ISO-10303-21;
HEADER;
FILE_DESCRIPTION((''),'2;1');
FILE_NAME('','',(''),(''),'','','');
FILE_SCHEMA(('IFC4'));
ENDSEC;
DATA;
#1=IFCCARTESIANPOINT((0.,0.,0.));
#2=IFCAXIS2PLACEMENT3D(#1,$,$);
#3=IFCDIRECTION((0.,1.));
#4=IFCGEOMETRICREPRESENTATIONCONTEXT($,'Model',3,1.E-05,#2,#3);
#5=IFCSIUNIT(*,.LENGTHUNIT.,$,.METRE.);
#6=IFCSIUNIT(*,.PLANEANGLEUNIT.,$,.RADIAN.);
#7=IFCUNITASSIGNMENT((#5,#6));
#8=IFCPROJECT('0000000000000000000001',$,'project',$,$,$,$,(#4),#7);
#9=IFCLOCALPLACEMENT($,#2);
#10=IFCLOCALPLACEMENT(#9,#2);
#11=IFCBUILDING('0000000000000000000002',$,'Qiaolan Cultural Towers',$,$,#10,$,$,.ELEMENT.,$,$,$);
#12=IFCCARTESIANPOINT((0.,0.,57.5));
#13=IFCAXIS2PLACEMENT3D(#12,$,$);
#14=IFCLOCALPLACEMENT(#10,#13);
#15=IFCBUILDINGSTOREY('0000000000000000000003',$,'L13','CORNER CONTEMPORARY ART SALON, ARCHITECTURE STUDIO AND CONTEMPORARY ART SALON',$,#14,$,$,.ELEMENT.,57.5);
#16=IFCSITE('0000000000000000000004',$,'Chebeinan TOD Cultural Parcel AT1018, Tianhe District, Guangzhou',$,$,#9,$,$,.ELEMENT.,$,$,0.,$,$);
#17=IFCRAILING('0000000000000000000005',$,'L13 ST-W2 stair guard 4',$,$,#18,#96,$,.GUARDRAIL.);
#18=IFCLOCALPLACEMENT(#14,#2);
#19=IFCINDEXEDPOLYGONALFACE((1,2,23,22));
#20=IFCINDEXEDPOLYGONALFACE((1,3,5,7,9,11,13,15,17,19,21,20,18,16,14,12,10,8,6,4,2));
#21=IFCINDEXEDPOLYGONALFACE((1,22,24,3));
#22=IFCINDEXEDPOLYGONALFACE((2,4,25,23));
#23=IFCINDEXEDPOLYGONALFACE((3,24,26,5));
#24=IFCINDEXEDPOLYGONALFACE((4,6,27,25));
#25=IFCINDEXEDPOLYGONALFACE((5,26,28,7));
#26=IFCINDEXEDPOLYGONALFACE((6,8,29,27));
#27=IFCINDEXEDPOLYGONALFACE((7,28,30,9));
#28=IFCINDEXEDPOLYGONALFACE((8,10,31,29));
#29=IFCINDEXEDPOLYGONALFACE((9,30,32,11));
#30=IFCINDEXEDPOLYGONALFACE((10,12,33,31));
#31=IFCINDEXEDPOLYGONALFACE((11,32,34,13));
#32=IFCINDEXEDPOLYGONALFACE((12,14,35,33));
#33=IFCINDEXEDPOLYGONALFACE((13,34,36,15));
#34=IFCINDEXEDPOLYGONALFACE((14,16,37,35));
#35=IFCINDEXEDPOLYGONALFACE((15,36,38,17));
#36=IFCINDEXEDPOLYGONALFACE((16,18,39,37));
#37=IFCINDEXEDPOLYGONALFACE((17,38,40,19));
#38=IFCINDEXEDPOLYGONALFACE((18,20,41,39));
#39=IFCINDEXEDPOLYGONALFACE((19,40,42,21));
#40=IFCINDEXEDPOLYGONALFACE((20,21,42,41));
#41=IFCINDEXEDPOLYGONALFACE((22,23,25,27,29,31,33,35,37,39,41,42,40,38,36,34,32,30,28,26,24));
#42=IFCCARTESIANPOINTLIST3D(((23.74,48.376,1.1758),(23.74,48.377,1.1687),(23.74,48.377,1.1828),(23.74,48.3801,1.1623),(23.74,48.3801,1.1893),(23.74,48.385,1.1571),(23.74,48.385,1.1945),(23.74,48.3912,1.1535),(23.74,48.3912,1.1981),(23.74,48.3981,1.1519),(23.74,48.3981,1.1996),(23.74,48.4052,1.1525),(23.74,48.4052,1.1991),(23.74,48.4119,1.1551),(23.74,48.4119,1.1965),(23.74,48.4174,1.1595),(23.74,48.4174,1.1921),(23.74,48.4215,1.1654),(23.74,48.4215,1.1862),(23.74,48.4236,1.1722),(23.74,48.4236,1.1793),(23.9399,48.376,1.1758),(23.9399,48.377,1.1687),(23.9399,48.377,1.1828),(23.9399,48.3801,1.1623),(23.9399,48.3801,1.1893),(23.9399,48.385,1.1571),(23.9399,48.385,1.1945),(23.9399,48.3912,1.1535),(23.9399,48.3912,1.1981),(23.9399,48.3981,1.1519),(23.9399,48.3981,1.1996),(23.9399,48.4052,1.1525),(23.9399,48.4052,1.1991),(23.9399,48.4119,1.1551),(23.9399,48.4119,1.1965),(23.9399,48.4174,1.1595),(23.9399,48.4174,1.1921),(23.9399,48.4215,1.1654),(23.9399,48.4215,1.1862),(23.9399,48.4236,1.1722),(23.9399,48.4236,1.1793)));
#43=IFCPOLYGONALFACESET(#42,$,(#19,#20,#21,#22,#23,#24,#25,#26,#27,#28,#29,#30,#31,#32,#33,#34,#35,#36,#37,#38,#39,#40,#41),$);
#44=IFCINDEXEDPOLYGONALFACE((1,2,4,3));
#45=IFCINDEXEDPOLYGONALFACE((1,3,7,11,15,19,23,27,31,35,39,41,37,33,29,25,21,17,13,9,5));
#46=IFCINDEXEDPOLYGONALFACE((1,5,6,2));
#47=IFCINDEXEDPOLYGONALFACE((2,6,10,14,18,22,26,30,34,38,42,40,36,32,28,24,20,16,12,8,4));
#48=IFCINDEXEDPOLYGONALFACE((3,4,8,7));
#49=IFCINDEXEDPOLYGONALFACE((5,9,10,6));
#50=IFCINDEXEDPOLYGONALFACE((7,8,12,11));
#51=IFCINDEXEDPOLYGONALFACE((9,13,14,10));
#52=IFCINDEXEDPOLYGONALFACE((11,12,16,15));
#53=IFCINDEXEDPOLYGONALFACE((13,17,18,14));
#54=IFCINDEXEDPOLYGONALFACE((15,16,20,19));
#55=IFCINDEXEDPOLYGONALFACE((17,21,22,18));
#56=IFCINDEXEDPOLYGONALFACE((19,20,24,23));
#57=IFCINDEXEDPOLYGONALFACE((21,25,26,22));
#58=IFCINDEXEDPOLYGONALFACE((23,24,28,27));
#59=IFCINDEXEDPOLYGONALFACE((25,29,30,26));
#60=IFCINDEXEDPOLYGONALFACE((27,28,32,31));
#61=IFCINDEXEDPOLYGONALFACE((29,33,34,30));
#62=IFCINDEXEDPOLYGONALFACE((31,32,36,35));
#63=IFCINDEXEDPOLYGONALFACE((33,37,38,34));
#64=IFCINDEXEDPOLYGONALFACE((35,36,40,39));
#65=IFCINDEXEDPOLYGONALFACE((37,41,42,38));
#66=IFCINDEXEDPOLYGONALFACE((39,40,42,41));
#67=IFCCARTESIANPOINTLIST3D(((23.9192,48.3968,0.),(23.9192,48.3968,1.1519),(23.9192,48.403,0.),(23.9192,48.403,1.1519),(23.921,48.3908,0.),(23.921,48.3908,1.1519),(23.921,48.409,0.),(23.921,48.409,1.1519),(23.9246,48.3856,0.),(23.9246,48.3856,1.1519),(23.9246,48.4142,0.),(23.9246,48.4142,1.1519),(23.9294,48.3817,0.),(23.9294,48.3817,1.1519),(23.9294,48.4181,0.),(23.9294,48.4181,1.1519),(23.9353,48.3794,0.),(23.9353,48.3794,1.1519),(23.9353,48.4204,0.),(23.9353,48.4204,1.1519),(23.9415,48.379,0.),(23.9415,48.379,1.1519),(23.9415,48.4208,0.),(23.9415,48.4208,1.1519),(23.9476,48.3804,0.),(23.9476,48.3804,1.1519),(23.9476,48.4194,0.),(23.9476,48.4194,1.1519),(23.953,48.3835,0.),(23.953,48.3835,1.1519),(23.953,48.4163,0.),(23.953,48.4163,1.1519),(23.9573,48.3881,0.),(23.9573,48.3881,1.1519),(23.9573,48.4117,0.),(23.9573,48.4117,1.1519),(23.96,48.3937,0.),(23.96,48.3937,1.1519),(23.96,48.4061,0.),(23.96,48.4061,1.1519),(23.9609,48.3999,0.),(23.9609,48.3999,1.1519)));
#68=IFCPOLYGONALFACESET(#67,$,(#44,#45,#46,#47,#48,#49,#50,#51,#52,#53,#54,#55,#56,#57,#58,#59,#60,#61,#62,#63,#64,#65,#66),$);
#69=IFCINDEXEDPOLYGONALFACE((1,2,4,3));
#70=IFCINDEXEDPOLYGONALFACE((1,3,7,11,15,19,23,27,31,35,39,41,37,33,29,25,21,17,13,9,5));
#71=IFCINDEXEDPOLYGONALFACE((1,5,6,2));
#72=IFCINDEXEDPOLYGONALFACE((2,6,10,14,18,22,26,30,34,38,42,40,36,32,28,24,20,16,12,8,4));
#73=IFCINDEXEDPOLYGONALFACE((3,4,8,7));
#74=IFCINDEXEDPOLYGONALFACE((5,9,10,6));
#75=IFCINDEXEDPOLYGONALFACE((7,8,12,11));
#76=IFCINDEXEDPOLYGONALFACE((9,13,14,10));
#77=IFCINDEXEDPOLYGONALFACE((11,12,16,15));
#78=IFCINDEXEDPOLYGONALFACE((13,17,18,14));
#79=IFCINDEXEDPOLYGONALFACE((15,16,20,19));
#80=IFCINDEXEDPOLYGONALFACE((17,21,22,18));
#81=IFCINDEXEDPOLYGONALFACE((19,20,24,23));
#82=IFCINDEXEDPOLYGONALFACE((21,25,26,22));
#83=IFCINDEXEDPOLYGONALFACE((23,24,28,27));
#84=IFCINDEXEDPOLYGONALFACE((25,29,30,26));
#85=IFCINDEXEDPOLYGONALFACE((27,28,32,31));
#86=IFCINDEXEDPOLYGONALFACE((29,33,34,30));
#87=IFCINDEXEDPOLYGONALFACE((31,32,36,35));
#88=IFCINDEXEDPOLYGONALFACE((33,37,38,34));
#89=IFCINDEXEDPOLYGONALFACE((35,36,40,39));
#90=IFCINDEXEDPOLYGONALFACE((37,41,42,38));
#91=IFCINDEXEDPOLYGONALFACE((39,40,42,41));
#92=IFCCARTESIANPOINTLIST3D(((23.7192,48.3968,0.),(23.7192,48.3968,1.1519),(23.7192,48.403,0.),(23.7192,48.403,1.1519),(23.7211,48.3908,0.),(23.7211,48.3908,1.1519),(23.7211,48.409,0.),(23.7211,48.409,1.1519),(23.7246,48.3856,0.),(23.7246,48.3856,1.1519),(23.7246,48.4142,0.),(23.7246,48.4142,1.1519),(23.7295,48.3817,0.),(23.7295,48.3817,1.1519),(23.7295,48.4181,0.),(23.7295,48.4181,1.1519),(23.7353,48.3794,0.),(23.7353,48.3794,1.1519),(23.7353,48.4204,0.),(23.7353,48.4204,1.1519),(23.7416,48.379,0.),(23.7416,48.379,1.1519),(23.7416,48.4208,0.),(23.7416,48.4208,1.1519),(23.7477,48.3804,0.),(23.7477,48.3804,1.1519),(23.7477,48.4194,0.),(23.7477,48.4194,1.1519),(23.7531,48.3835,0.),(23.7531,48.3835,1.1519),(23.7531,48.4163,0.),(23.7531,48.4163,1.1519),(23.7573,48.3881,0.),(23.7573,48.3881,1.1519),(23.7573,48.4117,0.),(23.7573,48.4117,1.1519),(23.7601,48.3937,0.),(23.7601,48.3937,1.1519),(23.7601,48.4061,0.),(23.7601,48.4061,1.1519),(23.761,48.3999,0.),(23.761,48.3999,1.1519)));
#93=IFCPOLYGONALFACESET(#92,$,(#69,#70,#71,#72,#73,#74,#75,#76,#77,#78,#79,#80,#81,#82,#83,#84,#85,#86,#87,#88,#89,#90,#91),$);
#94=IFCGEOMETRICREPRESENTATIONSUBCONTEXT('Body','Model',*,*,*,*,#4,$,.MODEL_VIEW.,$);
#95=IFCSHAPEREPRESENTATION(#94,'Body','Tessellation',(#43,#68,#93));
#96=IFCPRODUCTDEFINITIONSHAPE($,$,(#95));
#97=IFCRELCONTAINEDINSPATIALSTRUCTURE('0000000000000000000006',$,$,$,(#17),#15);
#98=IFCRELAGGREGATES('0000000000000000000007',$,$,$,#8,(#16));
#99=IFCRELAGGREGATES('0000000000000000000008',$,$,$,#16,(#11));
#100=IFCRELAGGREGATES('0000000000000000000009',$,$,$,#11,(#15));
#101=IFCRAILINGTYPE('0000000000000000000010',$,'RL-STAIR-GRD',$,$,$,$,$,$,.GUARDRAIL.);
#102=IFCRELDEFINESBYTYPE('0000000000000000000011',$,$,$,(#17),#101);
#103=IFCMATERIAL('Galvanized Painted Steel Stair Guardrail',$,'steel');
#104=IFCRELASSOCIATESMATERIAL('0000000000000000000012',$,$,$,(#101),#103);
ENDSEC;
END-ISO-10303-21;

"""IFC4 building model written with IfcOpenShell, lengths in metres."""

from ifc_helpers import new_model, si_unit, direction, frame, origin, origin_2d, place, context, subcontext, project, spatial, circle, extrude, material, type_object, element, save


model = new_model("IFC4")

# Units and contexts
model_context = context("Model", 3, precision=1e-05, world=origin(), true_north=direction((0.0, 1.0)))
body_context = subcontext(model_context, "Body", "Model", "MODEL_VIEW")
ifc_project = project(units=[si_unit("LENGTHUNIT", "METRE"), si_unit("PLANEANGLEUNIT", "RADIAN")], contexts=[model_context])

# Site, building, storey
site_placement = place(None, origin())
site = spatial("IfcSite", under=ifc_project, at=site_placement, Name="Chebeinan TOD Cultural Parcel AT1018, Tianhe District, Guangzhou", CompositionType="ELEMENT", RefElevation=0.0)
building_placement = place(site_placement, origin())
building = spatial("IfcBuilding", under=site, at=building_placement, Name="Qiaolan Cultural Towers", CompositionType="ELEMENT")
storey_placement = place(building_placement, frame((0.0, 0.0, 57.5)))
storey = spatial("IfcBuildingStorey", under=building, at=storey_placement, Name="L13", Description="CORNER CONTEMPORARY ART SALON, ARCHITECTURE STUDIO AND CONTEMPORARY ART SALON", CompositionType="ELEMENT", Elevation=57.5)

# Railing
ifc_material_1 = material(Name="Galvanized Painted Steel Stair Guardrail", Category="steel")
railing_type_1 = type_object("IfcRailingType", Name="RL-STAIR-GRD", PredefinedType="GUARDRAIL", material=ifc_material_1)
railing_1_placement = place(storey_placement, frame((23.9399, 48.3999, 0.0)))
element("IfcRailing", 1, at=railing_1_placement, inside=storey, type_object=railing_type_1, Name="L13 ST-W2 stair guard 4", PredefinedType="GUARDRAIL", context=body_context, shape_type="SweptSolid", body=[
    extrude(circle(Radius=0.0239, at=origin_2d()), frame((0.0, 0.0, 1.1758), z_axis=(-1.0, 0.0, 0.0), x_axis=(0.0, -1.0, 0.0)), (0.0, 0.0, 1.0), 0.2),
    extrude(circle(Radius=0.021, at=origin_2d()), origin(), (0.0, 0.0, 1.0), 1.1519),
    extrude(circle(Radius=0.021, at=origin_2d()), frame((-0.2, 0.0, 0.0)), (0.0, 0.0, 1.0), 1.1519),
])

save(model, "model.ifc")
